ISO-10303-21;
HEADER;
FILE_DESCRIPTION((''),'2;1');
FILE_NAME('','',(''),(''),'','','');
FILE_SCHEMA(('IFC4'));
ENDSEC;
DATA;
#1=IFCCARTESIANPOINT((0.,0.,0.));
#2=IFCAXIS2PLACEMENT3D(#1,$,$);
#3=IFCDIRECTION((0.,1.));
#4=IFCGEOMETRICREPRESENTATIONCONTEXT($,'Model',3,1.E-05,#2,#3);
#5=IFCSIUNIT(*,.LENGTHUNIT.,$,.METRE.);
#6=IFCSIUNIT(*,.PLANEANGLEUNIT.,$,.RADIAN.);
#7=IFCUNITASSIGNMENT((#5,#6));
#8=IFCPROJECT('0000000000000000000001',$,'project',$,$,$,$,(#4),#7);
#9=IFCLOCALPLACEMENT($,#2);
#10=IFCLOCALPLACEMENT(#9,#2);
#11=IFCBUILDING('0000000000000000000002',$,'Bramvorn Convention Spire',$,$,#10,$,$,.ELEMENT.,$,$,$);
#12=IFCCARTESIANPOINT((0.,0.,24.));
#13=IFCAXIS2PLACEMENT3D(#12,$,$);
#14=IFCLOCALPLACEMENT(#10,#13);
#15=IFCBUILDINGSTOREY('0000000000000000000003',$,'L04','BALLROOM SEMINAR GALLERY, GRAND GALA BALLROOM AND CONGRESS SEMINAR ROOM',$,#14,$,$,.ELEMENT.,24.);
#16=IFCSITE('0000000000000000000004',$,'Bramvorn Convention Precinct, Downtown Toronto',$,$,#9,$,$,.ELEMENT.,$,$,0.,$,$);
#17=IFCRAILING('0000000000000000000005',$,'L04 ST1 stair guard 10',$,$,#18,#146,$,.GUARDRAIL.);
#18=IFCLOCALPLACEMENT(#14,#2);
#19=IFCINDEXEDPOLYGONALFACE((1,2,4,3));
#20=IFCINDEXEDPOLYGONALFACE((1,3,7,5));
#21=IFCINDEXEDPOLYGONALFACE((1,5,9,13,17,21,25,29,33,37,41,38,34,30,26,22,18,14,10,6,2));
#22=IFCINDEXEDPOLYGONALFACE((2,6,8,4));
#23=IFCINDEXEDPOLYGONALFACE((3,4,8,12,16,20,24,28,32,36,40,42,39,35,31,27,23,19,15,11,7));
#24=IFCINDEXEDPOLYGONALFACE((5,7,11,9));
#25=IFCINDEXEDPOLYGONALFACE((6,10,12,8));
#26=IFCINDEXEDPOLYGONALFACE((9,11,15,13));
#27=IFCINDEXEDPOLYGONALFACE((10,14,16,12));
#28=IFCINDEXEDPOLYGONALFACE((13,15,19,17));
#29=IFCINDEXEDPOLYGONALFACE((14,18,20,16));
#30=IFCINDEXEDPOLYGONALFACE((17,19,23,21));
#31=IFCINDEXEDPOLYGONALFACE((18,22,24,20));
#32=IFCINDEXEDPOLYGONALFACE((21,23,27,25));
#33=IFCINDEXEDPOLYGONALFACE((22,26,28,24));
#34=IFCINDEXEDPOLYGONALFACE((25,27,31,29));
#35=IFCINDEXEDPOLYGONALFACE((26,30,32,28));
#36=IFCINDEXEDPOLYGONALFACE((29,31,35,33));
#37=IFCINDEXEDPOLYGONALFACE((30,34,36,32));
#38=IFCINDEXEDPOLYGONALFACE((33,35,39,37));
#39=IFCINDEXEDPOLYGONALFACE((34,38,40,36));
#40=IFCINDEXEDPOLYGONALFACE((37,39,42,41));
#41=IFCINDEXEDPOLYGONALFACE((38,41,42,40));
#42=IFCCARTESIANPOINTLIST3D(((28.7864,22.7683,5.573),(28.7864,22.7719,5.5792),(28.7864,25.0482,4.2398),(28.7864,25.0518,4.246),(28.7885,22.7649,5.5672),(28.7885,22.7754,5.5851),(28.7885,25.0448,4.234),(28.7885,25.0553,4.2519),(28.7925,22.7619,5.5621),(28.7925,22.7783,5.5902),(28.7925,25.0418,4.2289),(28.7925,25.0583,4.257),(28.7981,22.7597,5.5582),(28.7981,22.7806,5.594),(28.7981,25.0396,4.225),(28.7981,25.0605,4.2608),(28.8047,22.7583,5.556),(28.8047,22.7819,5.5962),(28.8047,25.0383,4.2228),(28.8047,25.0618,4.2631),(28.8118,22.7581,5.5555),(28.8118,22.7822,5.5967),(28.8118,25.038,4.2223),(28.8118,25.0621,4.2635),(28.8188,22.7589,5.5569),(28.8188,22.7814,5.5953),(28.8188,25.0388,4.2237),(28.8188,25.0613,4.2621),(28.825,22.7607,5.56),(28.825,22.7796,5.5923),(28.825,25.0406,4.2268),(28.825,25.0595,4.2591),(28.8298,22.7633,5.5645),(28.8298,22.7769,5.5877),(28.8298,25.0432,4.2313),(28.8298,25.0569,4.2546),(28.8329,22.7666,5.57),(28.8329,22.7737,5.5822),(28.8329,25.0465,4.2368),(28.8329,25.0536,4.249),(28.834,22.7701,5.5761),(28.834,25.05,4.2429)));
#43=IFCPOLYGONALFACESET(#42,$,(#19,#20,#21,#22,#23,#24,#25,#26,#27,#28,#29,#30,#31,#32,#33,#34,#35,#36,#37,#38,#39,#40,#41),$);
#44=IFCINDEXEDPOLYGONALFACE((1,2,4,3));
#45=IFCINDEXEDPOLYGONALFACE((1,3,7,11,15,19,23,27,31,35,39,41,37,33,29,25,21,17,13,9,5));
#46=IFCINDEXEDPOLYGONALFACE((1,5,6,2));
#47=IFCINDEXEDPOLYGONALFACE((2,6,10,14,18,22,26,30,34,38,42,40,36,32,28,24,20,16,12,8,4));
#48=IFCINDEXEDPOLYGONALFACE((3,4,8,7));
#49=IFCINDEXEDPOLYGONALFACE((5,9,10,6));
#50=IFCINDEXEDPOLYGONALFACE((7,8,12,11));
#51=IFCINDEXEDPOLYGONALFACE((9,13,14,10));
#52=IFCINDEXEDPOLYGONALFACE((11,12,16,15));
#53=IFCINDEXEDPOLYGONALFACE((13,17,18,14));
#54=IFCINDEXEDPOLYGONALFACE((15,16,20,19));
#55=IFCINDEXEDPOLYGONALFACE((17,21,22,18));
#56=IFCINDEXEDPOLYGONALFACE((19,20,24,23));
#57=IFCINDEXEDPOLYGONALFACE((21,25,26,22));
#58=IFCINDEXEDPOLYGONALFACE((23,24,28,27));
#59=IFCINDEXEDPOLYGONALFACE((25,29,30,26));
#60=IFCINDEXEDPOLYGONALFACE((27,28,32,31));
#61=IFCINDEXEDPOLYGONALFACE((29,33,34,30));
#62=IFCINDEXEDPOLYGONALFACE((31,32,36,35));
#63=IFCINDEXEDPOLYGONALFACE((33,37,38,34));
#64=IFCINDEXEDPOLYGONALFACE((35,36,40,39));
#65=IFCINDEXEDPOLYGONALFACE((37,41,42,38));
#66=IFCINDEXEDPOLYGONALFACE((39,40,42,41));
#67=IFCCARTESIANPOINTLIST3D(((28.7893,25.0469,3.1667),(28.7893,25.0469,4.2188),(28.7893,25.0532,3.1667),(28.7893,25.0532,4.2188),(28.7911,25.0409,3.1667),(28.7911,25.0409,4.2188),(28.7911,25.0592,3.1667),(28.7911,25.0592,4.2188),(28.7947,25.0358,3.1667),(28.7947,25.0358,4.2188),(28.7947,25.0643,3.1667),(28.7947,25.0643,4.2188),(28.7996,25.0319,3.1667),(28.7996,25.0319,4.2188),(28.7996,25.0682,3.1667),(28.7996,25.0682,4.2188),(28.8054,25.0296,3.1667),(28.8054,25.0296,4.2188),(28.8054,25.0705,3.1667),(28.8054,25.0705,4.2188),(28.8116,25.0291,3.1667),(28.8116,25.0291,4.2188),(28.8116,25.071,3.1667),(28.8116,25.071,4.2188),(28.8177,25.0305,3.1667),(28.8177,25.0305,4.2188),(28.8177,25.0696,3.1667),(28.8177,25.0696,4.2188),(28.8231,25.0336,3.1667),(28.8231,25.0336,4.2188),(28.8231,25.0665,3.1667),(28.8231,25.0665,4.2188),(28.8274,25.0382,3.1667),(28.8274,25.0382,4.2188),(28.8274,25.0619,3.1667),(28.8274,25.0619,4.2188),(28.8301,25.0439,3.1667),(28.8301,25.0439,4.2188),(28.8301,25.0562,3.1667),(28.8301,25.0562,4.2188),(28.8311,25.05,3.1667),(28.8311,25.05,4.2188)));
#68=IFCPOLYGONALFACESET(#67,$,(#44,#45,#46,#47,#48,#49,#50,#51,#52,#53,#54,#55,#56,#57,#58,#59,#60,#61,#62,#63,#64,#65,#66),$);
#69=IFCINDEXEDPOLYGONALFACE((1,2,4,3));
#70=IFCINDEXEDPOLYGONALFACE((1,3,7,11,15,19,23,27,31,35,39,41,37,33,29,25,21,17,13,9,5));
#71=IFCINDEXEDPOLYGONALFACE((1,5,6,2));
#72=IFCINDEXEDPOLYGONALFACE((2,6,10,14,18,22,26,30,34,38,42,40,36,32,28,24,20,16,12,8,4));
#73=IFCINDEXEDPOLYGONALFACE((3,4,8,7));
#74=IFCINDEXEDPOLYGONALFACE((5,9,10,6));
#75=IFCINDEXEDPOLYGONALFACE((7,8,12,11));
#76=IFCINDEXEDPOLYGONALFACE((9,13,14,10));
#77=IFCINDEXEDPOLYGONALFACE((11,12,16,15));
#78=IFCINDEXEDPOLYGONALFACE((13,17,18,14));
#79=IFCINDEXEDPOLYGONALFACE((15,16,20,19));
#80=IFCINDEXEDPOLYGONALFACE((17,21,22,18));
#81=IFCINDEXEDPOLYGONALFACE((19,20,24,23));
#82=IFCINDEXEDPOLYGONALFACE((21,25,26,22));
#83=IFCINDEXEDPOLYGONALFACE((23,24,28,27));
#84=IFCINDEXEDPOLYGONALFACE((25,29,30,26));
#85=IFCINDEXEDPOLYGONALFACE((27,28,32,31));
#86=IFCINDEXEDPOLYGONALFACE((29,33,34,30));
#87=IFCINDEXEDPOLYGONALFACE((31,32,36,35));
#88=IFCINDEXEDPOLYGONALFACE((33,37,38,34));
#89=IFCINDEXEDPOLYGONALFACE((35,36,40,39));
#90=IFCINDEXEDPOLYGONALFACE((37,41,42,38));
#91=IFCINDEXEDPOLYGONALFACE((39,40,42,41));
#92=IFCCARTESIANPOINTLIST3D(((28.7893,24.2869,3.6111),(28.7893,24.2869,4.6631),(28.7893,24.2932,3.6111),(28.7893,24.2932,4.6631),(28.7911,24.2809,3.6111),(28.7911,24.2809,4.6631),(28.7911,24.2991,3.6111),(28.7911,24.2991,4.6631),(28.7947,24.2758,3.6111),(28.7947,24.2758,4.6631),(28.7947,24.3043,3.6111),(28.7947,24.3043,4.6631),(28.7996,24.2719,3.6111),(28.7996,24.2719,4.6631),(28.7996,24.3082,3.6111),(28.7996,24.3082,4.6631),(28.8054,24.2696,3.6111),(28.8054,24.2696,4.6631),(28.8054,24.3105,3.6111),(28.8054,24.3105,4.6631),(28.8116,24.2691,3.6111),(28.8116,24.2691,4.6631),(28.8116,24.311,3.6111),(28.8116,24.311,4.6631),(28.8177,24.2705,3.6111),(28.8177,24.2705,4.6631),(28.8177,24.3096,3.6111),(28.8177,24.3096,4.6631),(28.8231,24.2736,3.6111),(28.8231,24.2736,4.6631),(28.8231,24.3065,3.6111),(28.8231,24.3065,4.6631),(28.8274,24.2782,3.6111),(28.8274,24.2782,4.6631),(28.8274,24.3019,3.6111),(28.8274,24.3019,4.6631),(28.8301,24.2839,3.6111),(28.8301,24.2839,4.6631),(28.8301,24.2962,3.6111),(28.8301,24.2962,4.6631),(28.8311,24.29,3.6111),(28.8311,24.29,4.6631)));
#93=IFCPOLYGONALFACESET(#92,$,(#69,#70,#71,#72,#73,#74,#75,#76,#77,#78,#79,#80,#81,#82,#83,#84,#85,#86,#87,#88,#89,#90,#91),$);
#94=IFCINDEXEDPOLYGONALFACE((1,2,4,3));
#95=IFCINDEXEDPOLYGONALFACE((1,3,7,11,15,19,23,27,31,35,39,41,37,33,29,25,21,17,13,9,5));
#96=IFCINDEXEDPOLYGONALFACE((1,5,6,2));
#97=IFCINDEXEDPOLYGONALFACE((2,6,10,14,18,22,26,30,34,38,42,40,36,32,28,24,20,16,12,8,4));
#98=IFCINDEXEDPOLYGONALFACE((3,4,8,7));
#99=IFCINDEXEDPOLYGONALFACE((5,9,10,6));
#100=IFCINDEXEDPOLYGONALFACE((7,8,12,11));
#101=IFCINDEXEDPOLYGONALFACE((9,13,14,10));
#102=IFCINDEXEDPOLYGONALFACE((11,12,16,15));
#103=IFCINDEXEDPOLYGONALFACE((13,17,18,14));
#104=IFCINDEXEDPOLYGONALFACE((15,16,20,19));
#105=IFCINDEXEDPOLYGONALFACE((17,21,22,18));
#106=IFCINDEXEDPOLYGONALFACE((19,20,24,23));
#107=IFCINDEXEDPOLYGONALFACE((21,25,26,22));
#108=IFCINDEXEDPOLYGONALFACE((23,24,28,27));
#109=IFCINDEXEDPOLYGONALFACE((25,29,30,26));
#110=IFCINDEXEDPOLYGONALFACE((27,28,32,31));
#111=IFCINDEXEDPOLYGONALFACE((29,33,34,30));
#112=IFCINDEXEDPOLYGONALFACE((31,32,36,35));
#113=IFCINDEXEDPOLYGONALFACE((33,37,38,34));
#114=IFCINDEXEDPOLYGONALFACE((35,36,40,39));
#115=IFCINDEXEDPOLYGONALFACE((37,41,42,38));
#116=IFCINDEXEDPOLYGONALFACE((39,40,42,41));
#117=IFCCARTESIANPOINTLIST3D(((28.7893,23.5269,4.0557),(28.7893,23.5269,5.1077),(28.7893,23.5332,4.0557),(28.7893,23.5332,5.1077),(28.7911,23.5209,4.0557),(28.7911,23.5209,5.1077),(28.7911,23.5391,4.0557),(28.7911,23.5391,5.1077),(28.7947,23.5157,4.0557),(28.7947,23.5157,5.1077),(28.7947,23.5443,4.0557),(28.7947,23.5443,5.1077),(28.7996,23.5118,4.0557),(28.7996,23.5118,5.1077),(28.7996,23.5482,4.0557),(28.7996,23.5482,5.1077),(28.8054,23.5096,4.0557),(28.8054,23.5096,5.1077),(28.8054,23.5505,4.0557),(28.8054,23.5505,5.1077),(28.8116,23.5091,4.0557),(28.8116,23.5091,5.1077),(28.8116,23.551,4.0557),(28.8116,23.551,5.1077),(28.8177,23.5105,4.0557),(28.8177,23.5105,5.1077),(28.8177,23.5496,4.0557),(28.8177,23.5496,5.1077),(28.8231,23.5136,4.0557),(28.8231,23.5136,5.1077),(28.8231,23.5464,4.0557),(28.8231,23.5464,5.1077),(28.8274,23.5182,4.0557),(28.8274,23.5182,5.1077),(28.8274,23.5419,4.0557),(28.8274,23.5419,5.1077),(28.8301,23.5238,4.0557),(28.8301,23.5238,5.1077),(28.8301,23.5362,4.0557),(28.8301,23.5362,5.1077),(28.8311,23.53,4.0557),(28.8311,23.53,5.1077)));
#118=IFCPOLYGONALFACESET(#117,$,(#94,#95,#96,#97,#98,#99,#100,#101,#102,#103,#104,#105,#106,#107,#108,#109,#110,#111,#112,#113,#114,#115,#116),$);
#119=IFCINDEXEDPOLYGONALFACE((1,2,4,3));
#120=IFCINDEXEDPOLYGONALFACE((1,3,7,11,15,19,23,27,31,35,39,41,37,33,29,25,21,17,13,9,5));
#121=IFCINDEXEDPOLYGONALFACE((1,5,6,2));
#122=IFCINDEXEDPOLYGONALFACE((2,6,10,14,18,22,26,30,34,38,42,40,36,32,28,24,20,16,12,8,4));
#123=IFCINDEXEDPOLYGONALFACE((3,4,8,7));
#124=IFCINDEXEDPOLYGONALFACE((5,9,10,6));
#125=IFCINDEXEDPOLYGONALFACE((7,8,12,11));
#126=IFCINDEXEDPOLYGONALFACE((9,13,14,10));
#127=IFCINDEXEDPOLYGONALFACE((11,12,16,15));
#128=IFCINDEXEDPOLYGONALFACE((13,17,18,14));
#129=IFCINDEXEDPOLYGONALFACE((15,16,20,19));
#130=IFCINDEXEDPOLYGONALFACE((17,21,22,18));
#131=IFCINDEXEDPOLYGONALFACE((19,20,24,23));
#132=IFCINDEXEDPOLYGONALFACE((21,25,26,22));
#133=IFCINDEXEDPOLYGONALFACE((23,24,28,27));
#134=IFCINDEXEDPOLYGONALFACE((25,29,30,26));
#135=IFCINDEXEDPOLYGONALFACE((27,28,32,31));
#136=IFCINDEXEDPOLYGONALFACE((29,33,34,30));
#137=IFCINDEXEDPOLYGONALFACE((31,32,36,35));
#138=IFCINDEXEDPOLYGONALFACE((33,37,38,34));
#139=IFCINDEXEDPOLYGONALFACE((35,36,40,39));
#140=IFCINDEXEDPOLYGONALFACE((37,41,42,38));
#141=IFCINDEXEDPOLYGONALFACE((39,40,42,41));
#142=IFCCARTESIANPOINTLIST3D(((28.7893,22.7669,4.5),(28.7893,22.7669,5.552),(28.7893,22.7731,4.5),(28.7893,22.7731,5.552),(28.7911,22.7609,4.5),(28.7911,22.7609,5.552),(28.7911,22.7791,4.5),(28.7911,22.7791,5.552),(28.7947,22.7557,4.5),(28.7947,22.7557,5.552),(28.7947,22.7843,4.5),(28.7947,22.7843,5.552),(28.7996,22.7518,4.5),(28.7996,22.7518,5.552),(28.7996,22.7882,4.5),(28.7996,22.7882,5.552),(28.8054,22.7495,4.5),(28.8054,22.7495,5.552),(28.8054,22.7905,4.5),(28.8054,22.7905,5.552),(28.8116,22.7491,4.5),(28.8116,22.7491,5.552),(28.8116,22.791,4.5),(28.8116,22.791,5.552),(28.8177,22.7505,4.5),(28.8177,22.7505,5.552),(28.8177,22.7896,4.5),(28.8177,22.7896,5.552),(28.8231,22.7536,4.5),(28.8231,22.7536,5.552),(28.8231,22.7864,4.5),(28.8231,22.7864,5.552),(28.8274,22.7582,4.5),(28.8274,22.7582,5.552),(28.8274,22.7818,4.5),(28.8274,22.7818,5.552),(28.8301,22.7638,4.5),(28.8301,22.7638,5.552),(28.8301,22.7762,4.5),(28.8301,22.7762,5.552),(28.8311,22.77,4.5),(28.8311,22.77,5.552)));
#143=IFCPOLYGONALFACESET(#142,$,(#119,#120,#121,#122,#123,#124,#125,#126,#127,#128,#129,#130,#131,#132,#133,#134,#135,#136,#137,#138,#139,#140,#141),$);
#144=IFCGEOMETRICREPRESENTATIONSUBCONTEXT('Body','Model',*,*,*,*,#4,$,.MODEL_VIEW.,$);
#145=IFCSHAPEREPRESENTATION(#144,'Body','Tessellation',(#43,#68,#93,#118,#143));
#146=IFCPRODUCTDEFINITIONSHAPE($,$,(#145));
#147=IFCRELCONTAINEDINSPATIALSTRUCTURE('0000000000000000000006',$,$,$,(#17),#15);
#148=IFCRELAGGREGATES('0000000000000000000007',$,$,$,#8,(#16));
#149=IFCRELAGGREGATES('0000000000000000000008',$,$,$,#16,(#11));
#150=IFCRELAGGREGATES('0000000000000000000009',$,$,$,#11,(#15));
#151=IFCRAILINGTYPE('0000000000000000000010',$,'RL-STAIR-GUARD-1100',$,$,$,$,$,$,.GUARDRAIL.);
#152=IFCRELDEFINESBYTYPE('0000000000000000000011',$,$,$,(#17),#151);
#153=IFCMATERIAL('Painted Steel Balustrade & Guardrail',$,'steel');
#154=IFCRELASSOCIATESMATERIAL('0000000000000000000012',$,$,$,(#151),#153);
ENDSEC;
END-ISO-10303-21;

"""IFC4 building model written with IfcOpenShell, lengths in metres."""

from ifc_helpers import new_model, si_unit, direction, frame, origin, origin_2d, place, context, subcontext, project, spatial, circle, extrude, material, type_object, element, save


model = new_model("IFC4")

# Units and contexts
model_context = context("Model", 3, precision=1e-05, world=origin(), true_north=direction((0.0, 1.0)))
body_context = subcontext(model_context, "Body", "Model", "MODEL_VIEW")
ifc_project = project(units=[si_unit("LENGTHUNIT", "METRE"), si_unit("PLANEANGLEUNIT", "RADIAN")], contexts=[model_context])

# Site, building, storey
site_placement = place(None, origin())
site = spatial("IfcSite", under=ifc_project, at=site_placement, Name="Bramvorn Convention Precinct, Downtown Toronto", CompositionType="ELEMENT", RefElevation=0.0)
building_placement = place(site_placement, origin())
building = spatial("IfcBuilding", under=site, at=building_placement, Name="Bramvorn Convention Spire", CompositionType="ELEMENT")
storey_placement = place(building_placement, frame((0.0, 0.0, 24.0)))
storey = spatial("IfcBuildingStorey", under=building, at=storey_placement, Name="L04", Description="BALLROOM SEMINAR GALLERY, GRAND GALA BALLROOM AND CONGRESS SEMINAR ROOM", CompositionType="ELEMENT", Elevation=24.0)

# Railing
ifc_material_1 = material(Name="Painted Steel Balustrade & Guardrail", Category="steel")
railing_type_1 = type_object("IfcRailingType", Name="RL-STAIR-GUARD-1100", PredefinedType="GUARDRAIL", material=ifc_material_1)
railing_1_placement = place(storey_placement, frame((28.8101, 25.05, 3.1667)))
element("IfcRailing", 1, at=railing_1_placement, inside=storey, type_object=railing_type_1, Name="L04 ST1 stair guard 10", PredefinedType="GUARDRAIL", context=body_context, shape_type="SweptSolid", body=[
    extrude(circle(Radius=0.0239, at=origin_2d()), frame((0.0, 0.0, 1.0762), z_axis=(0.0, -0.863245, 0.504785), x_axis=(1.0, 0.0, 0.0)), (0.0, 0.0, 1.0), 2.6411),
    extrude(circle(Radius=0.021, at=origin_2d()), origin(), (0.0, 0.0, 1.0), 1.052),
    extrude(circle(Radius=0.021, at=origin_2d()), frame((0.0, -0.76, 0.4443)), (0.0, 0.0, 1.0), 1.052),
    extrude(circle(Radius=0.021, at=origin_2d()), frame((0.0, -1.52, 0.8889)), (0.0, 0.0, 1.0), 1.052),
    extrude(circle(Radius=0.021, at=origin_2d()), frame((0.0, -2.28, 1.3333)), (0.0, 0.0, 1.0), 1.052),
])

save(model, "model.ifc")
